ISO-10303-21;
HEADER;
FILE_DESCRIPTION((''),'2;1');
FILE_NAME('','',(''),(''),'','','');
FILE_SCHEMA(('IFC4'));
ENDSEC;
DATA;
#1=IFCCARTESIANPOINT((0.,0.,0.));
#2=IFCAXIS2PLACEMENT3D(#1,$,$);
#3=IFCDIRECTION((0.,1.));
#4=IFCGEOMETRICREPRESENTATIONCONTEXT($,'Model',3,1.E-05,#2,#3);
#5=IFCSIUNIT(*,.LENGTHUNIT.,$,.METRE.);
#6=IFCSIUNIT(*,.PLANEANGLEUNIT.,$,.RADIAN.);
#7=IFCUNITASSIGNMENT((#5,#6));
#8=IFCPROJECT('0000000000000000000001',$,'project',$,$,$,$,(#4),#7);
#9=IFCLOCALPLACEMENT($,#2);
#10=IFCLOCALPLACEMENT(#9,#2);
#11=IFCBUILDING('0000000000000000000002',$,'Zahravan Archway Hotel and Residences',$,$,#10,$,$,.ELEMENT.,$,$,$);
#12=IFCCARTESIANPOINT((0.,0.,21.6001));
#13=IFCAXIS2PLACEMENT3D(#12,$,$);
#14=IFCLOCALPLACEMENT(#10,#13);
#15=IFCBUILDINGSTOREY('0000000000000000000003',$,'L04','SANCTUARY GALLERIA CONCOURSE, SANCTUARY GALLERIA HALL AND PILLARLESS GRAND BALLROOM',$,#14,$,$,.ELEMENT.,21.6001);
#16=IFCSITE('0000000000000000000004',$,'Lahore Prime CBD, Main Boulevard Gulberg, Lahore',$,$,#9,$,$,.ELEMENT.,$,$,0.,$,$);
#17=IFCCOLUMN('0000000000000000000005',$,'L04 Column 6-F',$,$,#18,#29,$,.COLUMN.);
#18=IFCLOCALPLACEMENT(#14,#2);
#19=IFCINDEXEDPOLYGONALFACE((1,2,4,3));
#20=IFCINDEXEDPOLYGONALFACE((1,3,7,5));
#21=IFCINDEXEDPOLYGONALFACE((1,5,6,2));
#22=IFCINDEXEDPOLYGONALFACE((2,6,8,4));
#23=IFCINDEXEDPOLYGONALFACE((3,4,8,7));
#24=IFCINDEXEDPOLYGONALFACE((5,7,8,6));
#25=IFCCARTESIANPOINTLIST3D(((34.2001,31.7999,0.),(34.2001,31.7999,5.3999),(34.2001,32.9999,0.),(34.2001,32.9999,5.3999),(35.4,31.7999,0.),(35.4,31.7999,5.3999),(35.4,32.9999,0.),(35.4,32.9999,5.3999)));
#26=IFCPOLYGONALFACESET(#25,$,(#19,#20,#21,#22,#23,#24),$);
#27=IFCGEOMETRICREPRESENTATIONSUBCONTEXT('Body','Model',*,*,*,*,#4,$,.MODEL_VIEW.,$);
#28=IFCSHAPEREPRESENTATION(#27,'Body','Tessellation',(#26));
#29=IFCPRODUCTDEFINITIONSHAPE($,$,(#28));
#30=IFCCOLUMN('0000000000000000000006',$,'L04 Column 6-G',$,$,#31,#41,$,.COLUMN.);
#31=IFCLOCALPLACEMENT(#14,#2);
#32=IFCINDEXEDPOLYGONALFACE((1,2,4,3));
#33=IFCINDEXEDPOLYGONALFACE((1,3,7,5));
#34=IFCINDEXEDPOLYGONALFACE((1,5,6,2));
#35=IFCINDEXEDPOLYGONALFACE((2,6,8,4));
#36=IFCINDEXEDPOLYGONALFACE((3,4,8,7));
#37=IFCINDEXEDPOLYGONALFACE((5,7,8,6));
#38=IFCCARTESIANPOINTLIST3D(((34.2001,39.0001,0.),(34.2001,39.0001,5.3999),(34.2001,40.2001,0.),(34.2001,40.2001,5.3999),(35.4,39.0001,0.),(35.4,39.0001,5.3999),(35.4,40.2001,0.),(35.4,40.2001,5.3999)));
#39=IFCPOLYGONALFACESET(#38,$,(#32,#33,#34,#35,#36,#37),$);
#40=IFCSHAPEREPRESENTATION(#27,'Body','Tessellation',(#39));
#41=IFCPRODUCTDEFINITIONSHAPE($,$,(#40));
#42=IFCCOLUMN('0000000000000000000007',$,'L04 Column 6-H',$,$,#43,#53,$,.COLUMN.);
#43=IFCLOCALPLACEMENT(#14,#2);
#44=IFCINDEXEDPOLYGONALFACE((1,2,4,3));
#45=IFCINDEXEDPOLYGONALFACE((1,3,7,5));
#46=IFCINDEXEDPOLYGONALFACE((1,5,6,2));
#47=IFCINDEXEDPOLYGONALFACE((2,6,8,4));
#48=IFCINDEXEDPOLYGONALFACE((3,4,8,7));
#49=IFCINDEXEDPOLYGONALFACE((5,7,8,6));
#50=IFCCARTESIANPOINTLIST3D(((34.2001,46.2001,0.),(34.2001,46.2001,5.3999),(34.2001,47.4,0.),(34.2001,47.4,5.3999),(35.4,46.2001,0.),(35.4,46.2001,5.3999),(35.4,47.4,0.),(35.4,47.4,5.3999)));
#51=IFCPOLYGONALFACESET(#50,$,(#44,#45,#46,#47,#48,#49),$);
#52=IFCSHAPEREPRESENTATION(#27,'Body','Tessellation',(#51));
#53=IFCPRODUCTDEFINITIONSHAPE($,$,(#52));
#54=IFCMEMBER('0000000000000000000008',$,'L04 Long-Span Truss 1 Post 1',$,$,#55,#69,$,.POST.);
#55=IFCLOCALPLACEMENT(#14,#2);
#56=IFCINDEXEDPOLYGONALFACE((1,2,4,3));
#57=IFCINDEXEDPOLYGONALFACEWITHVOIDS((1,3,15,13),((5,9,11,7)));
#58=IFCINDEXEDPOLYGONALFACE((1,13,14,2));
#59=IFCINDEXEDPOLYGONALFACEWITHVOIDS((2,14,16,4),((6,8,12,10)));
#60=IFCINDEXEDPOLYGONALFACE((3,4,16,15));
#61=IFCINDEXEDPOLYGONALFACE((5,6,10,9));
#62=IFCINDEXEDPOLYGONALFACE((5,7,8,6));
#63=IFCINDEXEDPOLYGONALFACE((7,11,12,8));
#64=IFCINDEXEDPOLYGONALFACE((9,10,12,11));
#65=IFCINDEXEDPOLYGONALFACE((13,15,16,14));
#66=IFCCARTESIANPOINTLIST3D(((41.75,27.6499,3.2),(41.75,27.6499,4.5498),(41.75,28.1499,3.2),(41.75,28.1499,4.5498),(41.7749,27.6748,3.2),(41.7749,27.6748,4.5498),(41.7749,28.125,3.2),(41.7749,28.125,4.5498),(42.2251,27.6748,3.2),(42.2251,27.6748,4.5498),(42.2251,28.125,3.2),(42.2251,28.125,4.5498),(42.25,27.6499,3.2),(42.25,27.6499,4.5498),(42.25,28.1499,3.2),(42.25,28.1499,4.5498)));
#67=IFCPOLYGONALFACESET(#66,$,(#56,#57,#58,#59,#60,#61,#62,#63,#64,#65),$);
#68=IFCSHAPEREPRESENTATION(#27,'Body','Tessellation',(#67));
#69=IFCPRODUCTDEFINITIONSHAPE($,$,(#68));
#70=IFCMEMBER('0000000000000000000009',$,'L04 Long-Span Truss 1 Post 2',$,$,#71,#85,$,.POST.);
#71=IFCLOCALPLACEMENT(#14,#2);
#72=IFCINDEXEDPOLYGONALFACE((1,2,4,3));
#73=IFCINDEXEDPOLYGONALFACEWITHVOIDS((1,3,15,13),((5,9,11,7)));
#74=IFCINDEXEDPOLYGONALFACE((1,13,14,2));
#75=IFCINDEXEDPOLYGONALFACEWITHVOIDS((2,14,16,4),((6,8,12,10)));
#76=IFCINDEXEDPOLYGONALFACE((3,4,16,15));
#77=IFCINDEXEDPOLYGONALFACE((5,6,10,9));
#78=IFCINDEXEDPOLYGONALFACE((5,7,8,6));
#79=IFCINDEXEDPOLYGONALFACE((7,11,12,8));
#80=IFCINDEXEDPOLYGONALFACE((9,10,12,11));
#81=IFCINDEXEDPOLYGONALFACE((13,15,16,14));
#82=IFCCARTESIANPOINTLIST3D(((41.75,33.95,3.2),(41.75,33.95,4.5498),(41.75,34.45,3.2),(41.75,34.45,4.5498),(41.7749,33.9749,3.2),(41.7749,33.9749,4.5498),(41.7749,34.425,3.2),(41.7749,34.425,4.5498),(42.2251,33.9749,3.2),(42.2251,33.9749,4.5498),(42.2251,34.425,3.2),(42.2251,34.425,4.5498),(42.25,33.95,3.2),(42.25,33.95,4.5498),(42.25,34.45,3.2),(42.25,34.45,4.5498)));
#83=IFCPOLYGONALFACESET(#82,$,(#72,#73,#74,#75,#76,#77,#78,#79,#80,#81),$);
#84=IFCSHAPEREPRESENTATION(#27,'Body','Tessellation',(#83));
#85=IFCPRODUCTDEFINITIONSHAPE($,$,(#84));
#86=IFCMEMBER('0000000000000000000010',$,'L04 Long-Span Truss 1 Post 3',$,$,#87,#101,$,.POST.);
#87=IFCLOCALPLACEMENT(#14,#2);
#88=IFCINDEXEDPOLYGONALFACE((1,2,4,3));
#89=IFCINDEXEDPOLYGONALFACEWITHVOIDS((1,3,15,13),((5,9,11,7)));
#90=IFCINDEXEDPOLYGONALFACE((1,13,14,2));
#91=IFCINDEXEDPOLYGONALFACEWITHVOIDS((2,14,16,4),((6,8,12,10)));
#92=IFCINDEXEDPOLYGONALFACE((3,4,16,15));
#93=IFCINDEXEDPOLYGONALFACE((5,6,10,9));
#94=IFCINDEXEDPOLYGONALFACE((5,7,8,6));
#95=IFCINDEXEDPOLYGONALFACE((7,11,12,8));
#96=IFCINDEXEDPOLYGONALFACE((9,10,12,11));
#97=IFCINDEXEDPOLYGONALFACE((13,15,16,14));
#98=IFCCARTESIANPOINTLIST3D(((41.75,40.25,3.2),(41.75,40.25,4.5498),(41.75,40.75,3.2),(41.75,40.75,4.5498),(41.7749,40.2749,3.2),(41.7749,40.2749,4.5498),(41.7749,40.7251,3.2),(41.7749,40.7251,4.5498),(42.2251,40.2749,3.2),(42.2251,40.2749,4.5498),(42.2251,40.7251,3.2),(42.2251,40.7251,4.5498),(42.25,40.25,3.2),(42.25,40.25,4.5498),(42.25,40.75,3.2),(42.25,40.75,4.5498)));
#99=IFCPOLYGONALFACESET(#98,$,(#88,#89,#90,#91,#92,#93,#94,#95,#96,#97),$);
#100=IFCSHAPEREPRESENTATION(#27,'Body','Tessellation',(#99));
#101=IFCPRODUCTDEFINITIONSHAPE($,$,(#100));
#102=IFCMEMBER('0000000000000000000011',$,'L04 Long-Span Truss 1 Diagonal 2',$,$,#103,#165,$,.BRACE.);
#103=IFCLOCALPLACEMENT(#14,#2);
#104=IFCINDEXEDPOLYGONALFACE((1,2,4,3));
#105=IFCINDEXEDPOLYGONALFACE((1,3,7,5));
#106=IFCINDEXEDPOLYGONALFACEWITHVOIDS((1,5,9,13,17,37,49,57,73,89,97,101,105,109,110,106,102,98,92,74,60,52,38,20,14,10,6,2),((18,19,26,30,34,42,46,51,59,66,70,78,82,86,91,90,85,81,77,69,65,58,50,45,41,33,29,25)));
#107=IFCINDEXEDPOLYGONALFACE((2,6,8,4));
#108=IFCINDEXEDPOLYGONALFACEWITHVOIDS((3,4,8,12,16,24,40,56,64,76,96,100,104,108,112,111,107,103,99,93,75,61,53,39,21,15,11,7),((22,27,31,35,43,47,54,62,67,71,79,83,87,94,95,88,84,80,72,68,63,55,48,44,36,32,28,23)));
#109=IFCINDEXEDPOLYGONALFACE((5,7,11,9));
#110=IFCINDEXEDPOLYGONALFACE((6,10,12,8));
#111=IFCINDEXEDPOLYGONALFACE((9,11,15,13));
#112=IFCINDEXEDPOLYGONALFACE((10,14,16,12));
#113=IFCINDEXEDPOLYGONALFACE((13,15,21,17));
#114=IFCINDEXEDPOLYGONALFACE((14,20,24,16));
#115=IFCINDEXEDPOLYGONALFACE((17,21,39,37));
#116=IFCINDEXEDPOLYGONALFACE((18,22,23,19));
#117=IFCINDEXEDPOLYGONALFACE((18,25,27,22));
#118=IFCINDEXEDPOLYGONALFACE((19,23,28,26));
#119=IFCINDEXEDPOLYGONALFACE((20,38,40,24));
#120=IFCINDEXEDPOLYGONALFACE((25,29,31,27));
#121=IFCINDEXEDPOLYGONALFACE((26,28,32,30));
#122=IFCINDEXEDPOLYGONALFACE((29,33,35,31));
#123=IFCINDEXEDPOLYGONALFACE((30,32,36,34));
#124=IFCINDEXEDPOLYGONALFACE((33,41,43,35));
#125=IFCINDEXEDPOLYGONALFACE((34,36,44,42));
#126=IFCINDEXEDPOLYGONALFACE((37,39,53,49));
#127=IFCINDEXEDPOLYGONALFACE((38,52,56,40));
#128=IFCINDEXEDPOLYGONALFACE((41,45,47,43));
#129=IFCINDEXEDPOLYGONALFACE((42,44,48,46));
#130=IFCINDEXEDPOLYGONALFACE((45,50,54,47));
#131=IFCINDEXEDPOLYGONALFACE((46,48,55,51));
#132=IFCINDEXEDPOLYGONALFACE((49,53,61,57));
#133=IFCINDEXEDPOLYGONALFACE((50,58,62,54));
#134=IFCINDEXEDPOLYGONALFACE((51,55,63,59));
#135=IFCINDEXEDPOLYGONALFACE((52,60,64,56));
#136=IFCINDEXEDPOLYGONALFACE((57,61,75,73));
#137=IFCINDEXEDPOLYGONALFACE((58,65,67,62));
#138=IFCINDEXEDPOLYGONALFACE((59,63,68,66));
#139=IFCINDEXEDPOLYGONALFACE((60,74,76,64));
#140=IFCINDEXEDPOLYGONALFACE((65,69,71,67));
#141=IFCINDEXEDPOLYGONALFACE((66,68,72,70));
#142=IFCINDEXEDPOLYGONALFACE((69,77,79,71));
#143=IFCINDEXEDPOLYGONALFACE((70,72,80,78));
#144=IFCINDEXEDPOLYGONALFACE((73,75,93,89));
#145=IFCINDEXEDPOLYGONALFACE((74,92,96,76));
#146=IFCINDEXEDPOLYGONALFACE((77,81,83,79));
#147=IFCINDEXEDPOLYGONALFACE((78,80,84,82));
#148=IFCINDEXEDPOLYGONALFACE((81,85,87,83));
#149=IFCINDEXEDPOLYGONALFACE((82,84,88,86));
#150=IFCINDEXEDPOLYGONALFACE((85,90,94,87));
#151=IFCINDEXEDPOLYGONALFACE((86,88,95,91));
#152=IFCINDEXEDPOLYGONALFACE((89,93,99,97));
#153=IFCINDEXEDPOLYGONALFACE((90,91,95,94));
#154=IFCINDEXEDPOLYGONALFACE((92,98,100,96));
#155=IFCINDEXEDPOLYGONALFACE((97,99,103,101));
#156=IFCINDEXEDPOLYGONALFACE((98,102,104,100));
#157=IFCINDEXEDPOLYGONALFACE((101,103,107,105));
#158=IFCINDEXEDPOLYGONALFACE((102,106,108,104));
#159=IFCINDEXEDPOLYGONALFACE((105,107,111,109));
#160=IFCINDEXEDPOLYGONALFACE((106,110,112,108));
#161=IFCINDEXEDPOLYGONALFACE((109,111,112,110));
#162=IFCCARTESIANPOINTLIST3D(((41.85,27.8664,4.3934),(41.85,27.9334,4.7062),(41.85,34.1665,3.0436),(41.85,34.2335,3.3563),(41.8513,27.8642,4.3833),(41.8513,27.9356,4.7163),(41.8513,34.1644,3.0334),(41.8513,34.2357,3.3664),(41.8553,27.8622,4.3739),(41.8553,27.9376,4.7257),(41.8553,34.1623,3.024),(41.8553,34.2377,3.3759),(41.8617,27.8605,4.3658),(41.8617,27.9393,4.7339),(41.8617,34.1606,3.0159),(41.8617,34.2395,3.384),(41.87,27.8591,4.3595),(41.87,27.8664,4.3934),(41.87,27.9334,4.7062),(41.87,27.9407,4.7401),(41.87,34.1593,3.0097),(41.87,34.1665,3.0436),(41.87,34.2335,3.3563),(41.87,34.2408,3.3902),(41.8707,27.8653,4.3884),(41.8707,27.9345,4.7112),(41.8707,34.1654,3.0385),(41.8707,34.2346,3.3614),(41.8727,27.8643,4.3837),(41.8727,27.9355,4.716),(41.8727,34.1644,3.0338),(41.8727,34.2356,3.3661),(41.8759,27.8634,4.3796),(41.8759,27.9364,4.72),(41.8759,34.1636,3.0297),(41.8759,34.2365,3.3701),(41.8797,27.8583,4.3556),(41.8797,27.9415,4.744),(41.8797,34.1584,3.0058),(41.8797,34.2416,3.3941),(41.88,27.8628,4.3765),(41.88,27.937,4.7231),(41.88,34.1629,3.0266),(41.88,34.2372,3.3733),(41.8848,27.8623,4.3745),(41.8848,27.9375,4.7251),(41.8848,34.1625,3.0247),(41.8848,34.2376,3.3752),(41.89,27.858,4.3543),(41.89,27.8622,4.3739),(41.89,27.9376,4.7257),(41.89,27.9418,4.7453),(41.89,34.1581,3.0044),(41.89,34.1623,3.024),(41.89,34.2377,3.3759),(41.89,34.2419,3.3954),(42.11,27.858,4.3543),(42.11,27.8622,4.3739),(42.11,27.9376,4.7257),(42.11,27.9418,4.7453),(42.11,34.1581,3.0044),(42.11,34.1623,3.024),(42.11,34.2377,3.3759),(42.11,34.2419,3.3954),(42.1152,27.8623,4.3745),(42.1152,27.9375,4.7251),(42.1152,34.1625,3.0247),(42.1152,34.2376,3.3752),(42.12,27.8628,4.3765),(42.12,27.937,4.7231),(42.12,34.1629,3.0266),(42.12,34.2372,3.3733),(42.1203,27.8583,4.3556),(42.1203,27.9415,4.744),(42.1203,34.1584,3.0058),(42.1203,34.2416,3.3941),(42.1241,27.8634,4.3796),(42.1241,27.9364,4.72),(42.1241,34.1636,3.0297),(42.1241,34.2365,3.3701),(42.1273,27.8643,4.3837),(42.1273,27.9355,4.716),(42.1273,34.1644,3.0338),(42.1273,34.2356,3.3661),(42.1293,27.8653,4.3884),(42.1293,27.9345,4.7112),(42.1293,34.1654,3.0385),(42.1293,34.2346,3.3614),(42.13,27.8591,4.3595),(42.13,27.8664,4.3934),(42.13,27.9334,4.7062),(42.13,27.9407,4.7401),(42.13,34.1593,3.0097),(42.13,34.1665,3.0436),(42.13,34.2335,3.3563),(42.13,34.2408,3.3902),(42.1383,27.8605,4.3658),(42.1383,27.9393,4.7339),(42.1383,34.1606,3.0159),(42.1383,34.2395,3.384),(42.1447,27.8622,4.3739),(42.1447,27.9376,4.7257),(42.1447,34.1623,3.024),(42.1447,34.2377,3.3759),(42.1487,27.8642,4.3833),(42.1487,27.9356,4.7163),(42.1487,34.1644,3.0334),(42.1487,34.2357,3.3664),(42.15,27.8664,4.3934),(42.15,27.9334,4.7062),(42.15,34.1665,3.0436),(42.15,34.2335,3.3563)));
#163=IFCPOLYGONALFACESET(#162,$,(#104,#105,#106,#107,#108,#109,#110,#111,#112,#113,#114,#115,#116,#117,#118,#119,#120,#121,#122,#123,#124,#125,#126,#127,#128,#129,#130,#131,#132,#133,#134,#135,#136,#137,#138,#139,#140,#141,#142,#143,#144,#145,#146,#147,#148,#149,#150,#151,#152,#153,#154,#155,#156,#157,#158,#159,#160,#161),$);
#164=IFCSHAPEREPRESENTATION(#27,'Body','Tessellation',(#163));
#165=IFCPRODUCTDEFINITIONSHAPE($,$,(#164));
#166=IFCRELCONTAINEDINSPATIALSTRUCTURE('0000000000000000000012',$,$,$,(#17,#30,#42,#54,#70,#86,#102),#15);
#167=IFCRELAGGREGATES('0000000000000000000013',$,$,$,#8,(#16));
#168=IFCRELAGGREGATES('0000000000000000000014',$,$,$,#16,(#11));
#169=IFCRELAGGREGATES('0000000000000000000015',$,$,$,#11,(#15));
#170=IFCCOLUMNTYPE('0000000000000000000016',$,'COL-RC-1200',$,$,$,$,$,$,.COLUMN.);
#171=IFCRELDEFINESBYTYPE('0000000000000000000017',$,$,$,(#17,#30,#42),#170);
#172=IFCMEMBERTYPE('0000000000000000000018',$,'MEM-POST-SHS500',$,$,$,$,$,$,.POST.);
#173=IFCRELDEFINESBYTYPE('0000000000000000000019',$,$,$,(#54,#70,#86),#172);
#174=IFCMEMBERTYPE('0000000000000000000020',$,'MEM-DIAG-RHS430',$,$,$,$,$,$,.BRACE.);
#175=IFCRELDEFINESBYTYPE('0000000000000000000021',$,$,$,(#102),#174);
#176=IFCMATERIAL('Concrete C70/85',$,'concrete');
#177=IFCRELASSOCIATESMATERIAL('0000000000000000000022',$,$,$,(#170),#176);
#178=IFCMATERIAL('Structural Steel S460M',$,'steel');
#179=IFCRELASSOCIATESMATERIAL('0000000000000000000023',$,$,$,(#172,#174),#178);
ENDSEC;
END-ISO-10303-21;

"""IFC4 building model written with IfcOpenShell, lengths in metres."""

from ifc_helpers import new_model, si_unit, direction, frame, origin, origin_2d, place, context, subcontext, project, spatial, rectangle, hollow_rectangle, extrude, source, transform, mapped, material, material_profile, profile_set, type_object, element, save


model = new_model("IFC4")

# Units and contexts
model_context = context("Model", 3, precision=1e-05, world=origin(), true_north=direction((0.0, 1.0)))
body_context = subcontext(model_context, "Body", "Model", "MODEL_VIEW")
ifc_project = project(units=[si_unit("LENGTHUNIT", "METRE"), si_unit("PLANEANGLEUNIT", "RADIAN")], contexts=[model_context])

# Site, building, storey
site_placement = place(None, origin())
site = spatial("IfcSite", under=ifc_project, at=site_placement, Name="Lahore Prime CBD, Main Boulevard Gulberg, Lahore", CompositionType="ELEMENT", RefElevation=0.0)
building_placement = place(site_placement, origin())
building = spatial("IfcBuilding", under=site, at=building_placement, Name="Zahravan Archway Hotel and Residences", CompositionType="ELEMENT")
storey_placement = place(building_placement, frame((0.0, 0.0, 21.6001)))
storey = spatial("IfcBuildingStorey", under=building, at=storey_placement, Name="L04", Description="SANCTUARY GALLERIA CONCOURSE, SANCTUARY GALLERIA HALL AND PILLARLESS GRAND BALLROOM", CompositionType="ELEMENT", Elevation=21.6001)

# Columns
ifc_material_1 = material(Name="Concrete C70/85", Category="concrete")
ifc_material_profile_1 = material_profile(ifc_material_1, rectangle(XDim=1.2, YDim=1.2, at=origin_2d()), Name="RC-COL-1200x1200", Category="concrete")
ifc_profile_set_1 = profile_set([ifc_material_profile_1], Name="Concrete C70/85")
column_type = type_object("IfcColumnType", Name="COL-RC-1200", PredefinedType="COLUMN", material=ifc_profile_set_1)
shared_shape_1 = source(origin(), body_context, "Body", "SweptSolid", [
    extrude(rectangle(XDim=1.2, YDim=1.2, at=origin_2d()), origin(), (0.0, 0.0, 1.0), 5.3999),
])
for number, where, z_axis, x_axis, name in (
    (1, (34.8, 32.3999, 0.0), (0.0, 0.0, 1.0), (1.0, 0.0, 0.0), "L04 Column 6-F"),
    (2, (34.8, 39.6001, 0.0), (0.0, 0.0, 1.0), (1.0, 0.0, 0.0), "L04 Column 6-G"),
    (3, (34.8, 46.8, 0.0), (0.0, 0.0, 1.0), (1.0, 0.0, 0.0), "L04 Column 6-H"),
):
    element("IfcColumn", number, at=place(storey_placement, frame(where, z_axis=z_axis, x_axis=x_axis)), inside=storey, type_object=column_type, Name=name, PredefinedType="COLUMN", context=body_context, shape_type="MappedRepresentation", body=[
        mapped(shared_shape_1, transform((0.0, 0.0, 0.0), scale=1.0)),
    ])

# Members
ifc_material_2 = material(Name="Structural Steel S460M", Category="steel")
ifc_material_profile_2 = material_profile(ifc_material_2, hollow_rectangle(XDim=0.5, YDim=0.5, WallThickness=0.0249, at=origin_2d()), Name="SHS 500x500x25", Category="steel")
ifc_profile_set_2 = profile_set([ifc_material_profile_2], Name="Structural Steel S460M")
member_type_1 = type_object("IfcMemberType", Name="MEM-POST-SHS500", PredefinedType="POST", material=ifc_profile_set_2)
shared_shape_2 = source(origin(), body_context, "Body", "SweptSolid", [
    extrude(hollow_rectangle(XDim=0.5, YDim=0.5, WallThickness=0.0249, at=origin_2d()), origin(), (0.0, 0.0, 1.0), 1.3499),
])
for number, where, z_axis, x_axis, name in (
    (4, (42.0, 27.8999, 3.2), (0.0, 0.0, 1.0), (1.0, 0.0, 0.0), "L04 Long-Span Truss 1 Post 1"),
    (5, (42.0, 34.2, 3.2), (0.0, 0.0, 1.0), (1.0, 0.0, 0.0), "L04 Long-Span Truss 1 Post 2"),
    (6, (42.0, 40.5, 3.2), (0.0, 0.0, 1.0), (1.0, 0.0, 0.0), "L04 Long-Span Truss 1 Post 3"),
):
    element("IfcMember", number, at=place(storey_placement, frame(where, z_axis=z_axis, x_axis=x_axis)), inside=storey, type_object=member_type_1, Name=name, PredefinedType="POST", context=body_context, shape_type="MappedRepresentation", body=[
        mapped(shared_shape_2, transform((0.0, 0.0, 0.0), scale=1.0)),
    ])
ifc_material_profile_3 = material_profile(ifc_material_2, hollow_rectangle(XDim=0.3, YDim=0.3999, WallThickness=0.02, InnerFilletRadius=0.02, OuterFilletRadius=0.04, at=origin_2d()), Name="RHS 400x300x20", Category="steel")
ifc_profile_set_3 = profile_set([ifc_material_profile_3], Name="Structural Steel S460M")
member_type_2 = type_object("IfcMemberType", Name="MEM-DIAG-RHS430", PredefinedType="BRACE", material=ifc_profile_set_3)
shared_shape_3 = source(origin(), body_context, "Body", "SweptSolid", [
    extrude(hollow_rectangle(XDim=0.3, YDim=0.3999, WallThickness=0.02, InnerFilletRadius=0.02, OuterFilletRadius=0.04, at=origin_2d()), origin(), (0.0, 0.0, 1.0), 6.4431),
])
for number, where, z_axis, x_axis, name in (
    (7, (42.0, 27.8999, 4.5498), (0.0, 0.977807, -0.209506), (-1.0, 0.0, 0.0), "L04 Long-Span Truss 1 Diagonal 2"),
):
    element("IfcMember", number, at=place(storey_placement, frame(where, z_axis=z_axis, x_axis=x_axis)), inside=storey, type_object=member_type_2, Name=name, PredefinedType="BRACE", context=body_context, shape_type="MappedRepresentation", body=[
        mapped(shared_shape_3, transform((0.0, 0.0, 0.0), scale=1.0)),
    ])

save(model, "model.ifc")
